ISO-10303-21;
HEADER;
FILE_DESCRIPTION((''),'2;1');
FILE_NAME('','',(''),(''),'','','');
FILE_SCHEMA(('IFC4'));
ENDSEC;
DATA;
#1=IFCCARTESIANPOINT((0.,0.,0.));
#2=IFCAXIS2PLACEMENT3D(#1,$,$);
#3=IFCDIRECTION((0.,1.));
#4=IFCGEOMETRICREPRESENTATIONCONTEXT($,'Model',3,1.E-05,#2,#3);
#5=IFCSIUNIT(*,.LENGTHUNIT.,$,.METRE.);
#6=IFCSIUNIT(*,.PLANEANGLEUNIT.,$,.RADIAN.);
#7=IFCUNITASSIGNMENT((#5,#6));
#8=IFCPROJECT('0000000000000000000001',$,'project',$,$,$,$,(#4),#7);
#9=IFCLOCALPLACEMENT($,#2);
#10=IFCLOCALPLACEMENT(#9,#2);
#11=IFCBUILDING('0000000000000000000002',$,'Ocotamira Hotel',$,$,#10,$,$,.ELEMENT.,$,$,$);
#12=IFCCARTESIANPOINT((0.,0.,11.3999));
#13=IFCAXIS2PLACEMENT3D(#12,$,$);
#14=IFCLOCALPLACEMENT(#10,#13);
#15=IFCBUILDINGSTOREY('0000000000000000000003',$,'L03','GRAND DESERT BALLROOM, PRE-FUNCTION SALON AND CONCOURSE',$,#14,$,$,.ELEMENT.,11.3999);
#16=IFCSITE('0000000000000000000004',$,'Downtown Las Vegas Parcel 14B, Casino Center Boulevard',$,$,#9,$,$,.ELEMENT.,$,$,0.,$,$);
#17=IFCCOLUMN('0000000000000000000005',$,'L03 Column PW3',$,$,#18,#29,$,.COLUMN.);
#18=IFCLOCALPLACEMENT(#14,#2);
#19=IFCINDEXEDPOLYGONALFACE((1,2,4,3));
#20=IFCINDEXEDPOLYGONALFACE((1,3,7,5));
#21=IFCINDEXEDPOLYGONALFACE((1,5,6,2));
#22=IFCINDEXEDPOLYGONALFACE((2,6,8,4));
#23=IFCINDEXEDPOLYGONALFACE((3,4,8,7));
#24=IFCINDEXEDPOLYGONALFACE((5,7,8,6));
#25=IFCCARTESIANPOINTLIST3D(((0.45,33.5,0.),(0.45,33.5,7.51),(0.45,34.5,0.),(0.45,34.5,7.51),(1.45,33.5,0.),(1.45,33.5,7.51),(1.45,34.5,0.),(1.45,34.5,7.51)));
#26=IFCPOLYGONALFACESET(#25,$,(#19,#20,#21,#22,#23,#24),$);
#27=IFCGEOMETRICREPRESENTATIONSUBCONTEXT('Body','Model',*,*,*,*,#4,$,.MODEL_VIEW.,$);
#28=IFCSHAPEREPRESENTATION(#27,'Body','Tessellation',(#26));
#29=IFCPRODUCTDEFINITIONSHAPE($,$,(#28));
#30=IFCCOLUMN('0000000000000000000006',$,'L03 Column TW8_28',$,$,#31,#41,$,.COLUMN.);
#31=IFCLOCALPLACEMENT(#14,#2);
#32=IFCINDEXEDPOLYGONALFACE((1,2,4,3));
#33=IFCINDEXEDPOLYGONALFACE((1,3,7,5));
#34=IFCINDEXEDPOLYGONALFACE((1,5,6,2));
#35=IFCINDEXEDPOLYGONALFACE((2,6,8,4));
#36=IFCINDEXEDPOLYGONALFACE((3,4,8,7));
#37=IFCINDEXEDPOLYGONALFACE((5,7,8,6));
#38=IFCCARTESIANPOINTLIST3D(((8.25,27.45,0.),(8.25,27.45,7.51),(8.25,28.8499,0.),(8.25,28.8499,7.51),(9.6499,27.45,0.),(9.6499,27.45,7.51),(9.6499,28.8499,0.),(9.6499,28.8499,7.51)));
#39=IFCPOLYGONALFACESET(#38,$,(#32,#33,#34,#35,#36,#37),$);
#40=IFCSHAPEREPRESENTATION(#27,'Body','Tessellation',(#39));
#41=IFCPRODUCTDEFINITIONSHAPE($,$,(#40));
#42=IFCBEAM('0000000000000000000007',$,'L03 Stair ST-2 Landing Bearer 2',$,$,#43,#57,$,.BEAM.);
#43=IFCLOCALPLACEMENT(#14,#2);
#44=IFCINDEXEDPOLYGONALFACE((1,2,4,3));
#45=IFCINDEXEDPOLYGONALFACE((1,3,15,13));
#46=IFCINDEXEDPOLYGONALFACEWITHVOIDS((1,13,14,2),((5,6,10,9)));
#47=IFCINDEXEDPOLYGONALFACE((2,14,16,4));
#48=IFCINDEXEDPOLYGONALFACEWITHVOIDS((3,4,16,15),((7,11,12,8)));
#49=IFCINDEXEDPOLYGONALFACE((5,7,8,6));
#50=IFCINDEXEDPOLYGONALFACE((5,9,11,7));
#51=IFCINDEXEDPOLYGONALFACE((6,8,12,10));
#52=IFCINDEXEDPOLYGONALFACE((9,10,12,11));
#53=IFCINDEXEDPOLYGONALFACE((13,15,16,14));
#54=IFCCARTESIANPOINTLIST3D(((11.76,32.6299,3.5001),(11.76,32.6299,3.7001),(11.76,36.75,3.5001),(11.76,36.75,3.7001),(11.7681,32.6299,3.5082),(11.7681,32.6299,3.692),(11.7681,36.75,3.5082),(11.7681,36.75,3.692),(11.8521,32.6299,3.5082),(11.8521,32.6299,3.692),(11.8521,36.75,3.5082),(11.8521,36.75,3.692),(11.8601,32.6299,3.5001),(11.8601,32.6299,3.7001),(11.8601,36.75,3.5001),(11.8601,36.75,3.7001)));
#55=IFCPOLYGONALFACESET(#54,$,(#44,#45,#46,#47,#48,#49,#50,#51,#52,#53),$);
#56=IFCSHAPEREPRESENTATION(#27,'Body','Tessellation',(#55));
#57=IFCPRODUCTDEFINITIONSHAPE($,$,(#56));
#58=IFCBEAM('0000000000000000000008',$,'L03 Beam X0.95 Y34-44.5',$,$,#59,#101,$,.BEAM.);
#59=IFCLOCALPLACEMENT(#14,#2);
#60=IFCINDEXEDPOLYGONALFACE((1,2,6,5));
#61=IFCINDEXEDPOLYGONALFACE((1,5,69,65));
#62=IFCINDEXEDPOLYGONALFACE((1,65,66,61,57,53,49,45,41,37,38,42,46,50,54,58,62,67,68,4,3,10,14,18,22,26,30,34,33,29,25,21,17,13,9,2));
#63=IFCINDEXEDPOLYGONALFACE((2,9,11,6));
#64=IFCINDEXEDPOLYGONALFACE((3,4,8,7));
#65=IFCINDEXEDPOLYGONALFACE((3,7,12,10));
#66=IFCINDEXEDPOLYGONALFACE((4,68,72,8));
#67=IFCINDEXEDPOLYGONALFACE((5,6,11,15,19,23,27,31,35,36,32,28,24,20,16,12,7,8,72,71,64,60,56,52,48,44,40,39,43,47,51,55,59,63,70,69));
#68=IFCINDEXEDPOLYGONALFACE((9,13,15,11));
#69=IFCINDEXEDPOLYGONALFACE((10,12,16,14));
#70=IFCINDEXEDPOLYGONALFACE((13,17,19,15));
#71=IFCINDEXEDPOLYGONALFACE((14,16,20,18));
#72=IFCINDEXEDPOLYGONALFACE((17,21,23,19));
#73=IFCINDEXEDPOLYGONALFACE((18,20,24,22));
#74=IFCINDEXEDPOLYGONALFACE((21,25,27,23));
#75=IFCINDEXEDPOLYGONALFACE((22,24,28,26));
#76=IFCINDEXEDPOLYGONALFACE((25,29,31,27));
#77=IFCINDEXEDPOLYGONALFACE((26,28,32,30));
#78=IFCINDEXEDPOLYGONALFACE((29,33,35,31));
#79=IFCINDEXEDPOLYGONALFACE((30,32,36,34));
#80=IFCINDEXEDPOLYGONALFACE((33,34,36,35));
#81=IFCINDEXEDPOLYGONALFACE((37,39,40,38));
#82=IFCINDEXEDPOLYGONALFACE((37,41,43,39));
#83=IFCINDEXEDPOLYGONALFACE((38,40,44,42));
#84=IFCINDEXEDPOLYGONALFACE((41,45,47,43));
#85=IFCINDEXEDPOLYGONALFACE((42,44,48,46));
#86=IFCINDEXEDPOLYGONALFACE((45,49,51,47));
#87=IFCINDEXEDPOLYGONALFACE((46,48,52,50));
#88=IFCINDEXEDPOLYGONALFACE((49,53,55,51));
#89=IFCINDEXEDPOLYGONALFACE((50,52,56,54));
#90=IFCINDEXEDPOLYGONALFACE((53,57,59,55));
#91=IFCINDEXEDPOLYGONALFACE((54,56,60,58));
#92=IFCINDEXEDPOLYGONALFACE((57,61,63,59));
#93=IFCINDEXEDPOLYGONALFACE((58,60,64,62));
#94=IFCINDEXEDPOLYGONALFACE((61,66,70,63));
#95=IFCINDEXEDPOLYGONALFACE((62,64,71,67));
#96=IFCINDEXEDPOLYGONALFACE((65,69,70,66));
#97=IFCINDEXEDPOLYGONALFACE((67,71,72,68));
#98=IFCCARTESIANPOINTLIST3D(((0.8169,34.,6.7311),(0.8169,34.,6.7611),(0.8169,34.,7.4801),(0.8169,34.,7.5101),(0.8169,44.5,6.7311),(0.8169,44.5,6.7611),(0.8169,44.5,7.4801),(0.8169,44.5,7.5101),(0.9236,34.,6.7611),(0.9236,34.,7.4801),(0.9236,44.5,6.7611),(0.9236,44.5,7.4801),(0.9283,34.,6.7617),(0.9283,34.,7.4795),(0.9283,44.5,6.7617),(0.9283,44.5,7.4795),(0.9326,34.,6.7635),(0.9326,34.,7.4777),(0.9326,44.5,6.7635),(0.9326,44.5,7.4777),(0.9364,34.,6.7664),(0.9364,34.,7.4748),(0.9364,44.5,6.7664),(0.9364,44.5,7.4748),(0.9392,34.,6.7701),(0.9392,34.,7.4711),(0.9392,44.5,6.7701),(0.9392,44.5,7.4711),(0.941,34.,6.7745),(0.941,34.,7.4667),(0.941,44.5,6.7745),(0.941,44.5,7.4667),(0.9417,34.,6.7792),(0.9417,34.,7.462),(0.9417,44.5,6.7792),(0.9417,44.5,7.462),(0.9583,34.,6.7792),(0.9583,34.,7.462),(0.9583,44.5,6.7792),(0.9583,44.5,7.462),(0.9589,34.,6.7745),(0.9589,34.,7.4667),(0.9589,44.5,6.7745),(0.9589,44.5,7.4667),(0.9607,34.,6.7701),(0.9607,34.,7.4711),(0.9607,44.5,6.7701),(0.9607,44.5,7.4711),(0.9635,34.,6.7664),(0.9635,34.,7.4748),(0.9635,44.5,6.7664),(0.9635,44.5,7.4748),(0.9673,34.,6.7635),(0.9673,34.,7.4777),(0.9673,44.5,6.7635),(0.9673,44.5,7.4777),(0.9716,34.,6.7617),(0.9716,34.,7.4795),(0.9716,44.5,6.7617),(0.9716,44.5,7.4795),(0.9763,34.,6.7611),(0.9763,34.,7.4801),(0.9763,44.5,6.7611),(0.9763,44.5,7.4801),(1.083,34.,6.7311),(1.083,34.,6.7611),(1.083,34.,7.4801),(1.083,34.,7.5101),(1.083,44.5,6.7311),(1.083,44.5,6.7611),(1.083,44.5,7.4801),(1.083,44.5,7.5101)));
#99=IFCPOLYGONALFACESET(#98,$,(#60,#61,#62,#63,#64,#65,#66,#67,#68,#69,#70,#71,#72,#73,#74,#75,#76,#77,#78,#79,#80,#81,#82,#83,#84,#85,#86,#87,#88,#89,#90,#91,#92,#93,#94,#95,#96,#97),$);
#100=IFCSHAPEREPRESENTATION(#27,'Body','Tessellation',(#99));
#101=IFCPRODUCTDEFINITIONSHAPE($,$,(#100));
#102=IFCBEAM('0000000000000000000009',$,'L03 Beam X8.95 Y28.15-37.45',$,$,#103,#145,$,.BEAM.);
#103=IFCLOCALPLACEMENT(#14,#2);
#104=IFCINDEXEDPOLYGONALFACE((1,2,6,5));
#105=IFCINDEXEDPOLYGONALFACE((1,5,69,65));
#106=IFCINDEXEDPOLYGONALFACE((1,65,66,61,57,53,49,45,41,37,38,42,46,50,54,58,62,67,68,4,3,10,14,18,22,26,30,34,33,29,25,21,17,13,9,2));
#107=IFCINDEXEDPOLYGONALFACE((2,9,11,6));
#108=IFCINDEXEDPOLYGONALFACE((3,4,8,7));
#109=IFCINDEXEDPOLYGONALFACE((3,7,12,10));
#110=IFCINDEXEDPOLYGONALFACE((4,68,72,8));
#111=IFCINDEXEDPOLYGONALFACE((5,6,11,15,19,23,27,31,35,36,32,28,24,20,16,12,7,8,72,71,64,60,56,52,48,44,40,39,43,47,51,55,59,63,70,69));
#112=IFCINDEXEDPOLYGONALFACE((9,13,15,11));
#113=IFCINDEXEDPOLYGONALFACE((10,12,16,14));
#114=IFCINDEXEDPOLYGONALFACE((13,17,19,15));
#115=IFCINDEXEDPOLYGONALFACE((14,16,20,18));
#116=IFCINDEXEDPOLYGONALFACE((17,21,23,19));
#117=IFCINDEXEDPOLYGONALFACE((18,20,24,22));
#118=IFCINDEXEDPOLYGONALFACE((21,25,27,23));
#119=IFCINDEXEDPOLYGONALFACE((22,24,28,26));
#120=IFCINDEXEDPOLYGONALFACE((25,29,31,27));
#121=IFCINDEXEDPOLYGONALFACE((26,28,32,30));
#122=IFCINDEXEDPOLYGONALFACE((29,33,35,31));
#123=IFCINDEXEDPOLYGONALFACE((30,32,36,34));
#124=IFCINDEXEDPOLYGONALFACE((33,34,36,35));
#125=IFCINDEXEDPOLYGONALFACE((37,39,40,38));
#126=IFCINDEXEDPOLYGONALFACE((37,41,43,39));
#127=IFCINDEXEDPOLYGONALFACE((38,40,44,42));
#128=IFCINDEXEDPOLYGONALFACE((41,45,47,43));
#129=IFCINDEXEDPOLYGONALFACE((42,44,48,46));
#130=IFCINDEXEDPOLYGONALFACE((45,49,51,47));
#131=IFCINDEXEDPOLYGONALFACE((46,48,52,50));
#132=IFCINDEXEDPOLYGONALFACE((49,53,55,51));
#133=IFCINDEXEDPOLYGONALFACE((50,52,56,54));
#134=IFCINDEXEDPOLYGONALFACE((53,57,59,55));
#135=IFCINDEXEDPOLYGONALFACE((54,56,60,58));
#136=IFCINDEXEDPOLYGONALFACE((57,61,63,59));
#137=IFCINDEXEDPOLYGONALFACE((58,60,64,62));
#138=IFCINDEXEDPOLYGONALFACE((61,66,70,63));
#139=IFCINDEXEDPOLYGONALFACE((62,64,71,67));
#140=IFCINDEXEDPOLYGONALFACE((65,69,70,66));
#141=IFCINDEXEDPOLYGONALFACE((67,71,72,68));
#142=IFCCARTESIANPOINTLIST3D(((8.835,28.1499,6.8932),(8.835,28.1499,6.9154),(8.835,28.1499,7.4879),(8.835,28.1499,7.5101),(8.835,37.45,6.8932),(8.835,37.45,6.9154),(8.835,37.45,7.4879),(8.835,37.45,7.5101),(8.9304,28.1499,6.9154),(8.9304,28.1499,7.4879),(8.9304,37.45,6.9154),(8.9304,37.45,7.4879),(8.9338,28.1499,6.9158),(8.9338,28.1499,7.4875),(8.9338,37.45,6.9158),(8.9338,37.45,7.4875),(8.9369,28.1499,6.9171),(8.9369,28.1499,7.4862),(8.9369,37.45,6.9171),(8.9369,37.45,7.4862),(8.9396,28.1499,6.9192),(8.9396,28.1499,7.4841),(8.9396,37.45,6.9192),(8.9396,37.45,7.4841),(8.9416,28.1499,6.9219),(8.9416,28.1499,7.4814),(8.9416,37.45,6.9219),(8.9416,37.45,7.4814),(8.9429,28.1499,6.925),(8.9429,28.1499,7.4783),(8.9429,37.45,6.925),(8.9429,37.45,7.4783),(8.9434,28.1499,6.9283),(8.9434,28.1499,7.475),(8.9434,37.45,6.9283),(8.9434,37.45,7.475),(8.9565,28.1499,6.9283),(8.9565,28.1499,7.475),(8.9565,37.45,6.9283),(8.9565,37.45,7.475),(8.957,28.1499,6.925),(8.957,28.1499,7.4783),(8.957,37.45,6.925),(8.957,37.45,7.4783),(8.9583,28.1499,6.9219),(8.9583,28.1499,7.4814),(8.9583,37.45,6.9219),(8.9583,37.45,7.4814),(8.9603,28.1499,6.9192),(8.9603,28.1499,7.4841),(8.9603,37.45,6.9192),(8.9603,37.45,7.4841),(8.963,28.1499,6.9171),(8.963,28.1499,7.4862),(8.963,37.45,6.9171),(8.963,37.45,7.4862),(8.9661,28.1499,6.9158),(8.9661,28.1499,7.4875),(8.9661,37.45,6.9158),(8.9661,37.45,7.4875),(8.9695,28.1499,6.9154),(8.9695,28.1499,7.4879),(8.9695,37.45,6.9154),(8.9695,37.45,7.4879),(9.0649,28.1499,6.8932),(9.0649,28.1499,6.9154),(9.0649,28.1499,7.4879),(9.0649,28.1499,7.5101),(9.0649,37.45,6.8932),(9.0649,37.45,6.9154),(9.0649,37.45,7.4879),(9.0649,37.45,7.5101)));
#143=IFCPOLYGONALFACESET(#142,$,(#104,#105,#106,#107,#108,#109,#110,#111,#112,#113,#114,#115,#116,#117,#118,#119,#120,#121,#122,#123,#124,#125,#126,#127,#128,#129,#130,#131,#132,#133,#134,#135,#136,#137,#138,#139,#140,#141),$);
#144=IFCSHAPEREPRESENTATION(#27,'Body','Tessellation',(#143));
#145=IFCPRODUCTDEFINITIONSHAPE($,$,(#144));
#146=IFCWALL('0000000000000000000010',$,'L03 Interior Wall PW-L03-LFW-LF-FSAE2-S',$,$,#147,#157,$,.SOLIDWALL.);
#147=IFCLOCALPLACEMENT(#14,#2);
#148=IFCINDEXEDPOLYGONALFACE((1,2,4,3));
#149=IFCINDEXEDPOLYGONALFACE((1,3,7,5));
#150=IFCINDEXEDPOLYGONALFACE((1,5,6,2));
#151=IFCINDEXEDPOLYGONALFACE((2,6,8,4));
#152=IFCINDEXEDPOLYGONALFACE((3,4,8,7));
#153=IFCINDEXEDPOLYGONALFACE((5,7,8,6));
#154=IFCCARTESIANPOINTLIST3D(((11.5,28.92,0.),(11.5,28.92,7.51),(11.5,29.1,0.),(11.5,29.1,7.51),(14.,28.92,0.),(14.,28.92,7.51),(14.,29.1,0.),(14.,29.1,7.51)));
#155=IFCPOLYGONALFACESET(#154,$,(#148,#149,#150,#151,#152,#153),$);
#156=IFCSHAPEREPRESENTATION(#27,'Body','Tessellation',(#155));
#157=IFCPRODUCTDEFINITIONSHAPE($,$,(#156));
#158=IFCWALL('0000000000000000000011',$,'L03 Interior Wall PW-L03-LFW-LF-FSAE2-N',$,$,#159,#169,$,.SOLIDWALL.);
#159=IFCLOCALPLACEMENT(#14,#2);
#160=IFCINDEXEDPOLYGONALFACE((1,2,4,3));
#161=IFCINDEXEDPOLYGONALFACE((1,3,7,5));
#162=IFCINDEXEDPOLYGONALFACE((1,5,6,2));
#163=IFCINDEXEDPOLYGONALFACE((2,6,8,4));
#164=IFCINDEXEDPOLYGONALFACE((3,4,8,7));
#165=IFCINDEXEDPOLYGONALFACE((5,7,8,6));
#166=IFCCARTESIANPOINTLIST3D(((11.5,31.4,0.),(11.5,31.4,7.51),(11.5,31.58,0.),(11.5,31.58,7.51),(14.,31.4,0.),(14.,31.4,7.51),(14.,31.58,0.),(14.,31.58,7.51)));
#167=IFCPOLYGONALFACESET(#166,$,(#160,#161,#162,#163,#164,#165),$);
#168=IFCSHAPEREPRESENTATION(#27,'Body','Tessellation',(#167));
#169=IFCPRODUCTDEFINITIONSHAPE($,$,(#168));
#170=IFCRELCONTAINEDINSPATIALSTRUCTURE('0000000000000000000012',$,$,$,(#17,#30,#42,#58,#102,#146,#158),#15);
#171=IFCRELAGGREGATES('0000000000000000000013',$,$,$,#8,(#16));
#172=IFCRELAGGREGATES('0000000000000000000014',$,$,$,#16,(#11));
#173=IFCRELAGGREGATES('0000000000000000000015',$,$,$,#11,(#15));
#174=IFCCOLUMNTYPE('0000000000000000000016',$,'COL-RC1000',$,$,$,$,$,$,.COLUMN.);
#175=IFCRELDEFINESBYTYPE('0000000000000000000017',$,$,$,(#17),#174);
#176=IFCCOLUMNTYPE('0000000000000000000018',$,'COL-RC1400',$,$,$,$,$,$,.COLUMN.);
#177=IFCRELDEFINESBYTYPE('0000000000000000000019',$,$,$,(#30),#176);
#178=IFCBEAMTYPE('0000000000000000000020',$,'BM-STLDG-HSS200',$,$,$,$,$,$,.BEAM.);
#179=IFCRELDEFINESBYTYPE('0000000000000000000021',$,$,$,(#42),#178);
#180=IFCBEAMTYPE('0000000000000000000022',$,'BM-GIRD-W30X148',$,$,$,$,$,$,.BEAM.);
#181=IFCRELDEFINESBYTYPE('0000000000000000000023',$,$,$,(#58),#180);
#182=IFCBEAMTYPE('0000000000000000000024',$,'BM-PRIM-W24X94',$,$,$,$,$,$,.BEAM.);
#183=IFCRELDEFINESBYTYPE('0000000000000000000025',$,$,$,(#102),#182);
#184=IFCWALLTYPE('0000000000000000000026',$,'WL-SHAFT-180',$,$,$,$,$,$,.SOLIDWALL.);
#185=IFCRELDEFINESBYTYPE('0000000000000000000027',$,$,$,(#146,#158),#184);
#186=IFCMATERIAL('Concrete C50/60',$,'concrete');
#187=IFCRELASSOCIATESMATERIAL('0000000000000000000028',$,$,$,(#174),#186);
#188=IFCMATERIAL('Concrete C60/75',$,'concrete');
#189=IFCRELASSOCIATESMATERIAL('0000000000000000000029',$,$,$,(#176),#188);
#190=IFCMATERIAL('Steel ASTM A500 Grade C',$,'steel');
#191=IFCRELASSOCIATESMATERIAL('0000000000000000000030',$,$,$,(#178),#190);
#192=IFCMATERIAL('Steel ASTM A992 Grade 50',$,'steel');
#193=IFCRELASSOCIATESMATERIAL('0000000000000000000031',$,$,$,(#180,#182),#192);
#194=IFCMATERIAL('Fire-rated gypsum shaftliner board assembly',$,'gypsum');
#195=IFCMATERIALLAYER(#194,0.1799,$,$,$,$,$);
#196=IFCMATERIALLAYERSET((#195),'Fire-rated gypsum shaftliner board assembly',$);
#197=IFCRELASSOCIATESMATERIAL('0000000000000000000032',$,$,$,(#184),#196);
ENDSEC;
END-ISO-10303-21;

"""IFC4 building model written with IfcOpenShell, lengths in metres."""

from ifc_helpers import new_model, si_unit, direction, frame, frame_2d, origin, origin_2d, place, context, subcontext, project, spatial, rectangle, hollow_rectangle, i_section, extrude, source, transform, mapped, material, layer, layer_set, material_profile, profile_set, type_object, element, save


model = new_model("IFC4")

# Units and contexts
model_context = context("Model", 3, precision=1e-05, world=origin(), true_north=direction((0.0, 1.0)))
body_context = subcontext(model_context, "Body", "Model", "MODEL_VIEW")
ifc_project = project(units=[si_unit("LENGTHUNIT", "METRE"), si_unit("PLANEANGLEUNIT", "RADIAN")], contexts=[model_context])

# Site, building, storey
site_placement = place(None, origin())
site = spatial("IfcSite", under=ifc_project, at=site_placement, Name="Downtown Las Vegas Parcel 14B, Casino Center Boulevard", CompositionType="ELEMENT", RefElevation=0.0)
building_placement = place(site_placement, origin())
building = spatial("IfcBuilding", under=site, at=building_placement, Name="Ocotamira Hotel", CompositionType="ELEMENT")
storey_placement = place(building_placement, frame((0.0, 0.0, 11.3999)))
storey = spatial("IfcBuildingStorey", under=building, at=storey_placement, Name="L03", Description="GRAND DESERT BALLROOM, PRE-FUNCTION SALON AND CONCOURSE", CompositionType="ELEMENT", Elevation=11.3999)

# Columns
ifc_material_1 = material(Name="Concrete C50/60", Category="concrete")
ifc_material_profile_1 = material_profile(ifc_material_1, rectangle(XDim=1.0, YDim=1.0, at=origin_2d()), Name="RC1000X1000")
ifc_profile_set_1 = profile_set([ifc_material_profile_1], Name="Concrete C50/60")
column_type_1 = type_object("IfcColumnType", Name="COL-RC1000", PredefinedType="COLUMN", material=ifc_profile_set_1)
shared_shape_1 = source(origin(), body_context, "Body", "SweptSolid", [
    extrude(rectangle(XDim=1.0, YDim=1.0, at=origin_2d()), origin(), (0.0, 0.0, 1.0), 7.51),
])
column_1_placement = place(storey_placement, frame((0.95, 34.0, 0.0), z_axis=(0.0, 0.0, 1.0), x_axis=(1.0, 0.0, 0.0)))
element("IfcColumn", 1, at=column_1_placement, inside=storey, type_object=column_type_1, Name="L03 Column PW3", PredefinedType="COLUMN", context=body_context, shape_type="MappedRepresentation", body=[
    mapped(shared_shape_1, transform((0.0, 0.0, 0.0), scale=1.0)),
])
ifc_material_2 = material(Name="Concrete C60/75", Category="concrete")
ifc_material_profile_2 = material_profile(ifc_material_2, rectangle(XDim=1.3999, YDim=1.3999, at=origin_2d()), Name="RC1400X1400")
ifc_profile_set_2 = profile_set([ifc_material_profile_2], Name="Concrete C60/75")
column_type_2 = type_object("IfcColumnType", Name="COL-RC1400", PredefinedType="COLUMN", material=ifc_profile_set_2)
shared_shape_2 = source(origin(), body_context, "Body", "SweptSolid", [
    extrude(rectangle(XDim=1.3999, YDim=1.3999, at=origin_2d()), origin(), (0.0, 0.0, 1.0), 7.51),
])
column_2_placement = place(storey_placement, frame((8.95, 28.1499, 0.0), z_axis=(0.0, 0.0, 1.0), x_axis=(1.0, 0.0, 0.0)))
element("IfcColumn", 2, at=column_2_placement, inside=storey, type_object=column_type_2, Name="L03 Column TW8_28", PredefinedType="COLUMN", context=body_context, shape_type="MappedRepresentation", body=[
    mapped(shared_shape_2, transform((0.0, 0.0, 0.0), scale=1.0)),
])

# Beams
ifc_material_3 = material(Name="Steel ASTM A500 Grade C", Category="steel")
ifc_material_profile_3 = material_profile(ifc_material_3, hollow_rectangle(XDim=0.1001, YDim=0.2, WallThickness=0.0081, at=origin_2d()), Name="HSS200X100X8")
ifc_profile_set_3 = profile_set([ifc_material_profile_3], Name="Steel ASTM A500 Grade C")
beam_type_1 = type_object("IfcBeamType", Name="BM-STLDG-HSS200", PredefinedType="BEAM", material=ifc_profile_set_3)
shared_shape_3 = source(origin(), body_context, "Body", "SweptSolid", [
    extrude(hollow_rectangle(XDim=0.1001, YDim=0.2, WallThickness=0.0081, at=origin_2d()), origin(), (0.0, 0.0, 1.0), 4.1201),
])
beam_1_placement = place(storey_placement, frame((11.8101, 32.6299, 3.6001), z_axis=(0.0, 1.0, 0.0), x_axis=(-1.0, 0.0, 0.0)))
element("IfcBeam", 3, at=beam_1_placement, inside=storey, type_object=beam_type_1, Name="L03 Stair ST-2 Landing Bearer 2", PredefinedType="BEAM", context=body_context, shape_type="MappedRepresentation", body=[
    mapped(shared_shape_3, transform((0.0, 0.0, 0.0), scale=1.0)),
])
ifc_material_4 = material(Name="Steel ASTM A992 Grade 50", Category="steel")
ifc_material_profile_4 = material_profile(ifc_material_4, i_section(OverallWidth=0.2661, OverallDepth=0.7791, WebThickness=0.0166, FlangeThickness=0.03, FilletRadius=0.0181, at=origin_2d()), Name="W30X148")
ifc_profile_set_4 = profile_set([ifc_material_profile_4], Name="Steel ASTM A992 Grade 50")
beam_type_2 = type_object("IfcBeamType", Name="BM-GIRD-W30X148", PredefinedType="BEAM", material=ifc_profile_set_4)
shared_shape_4 = source(origin(), body_context, "Body", "SweptSolid", [
    extrude(i_section(OverallWidth=0.2661, OverallDepth=0.7791, WebThickness=0.0166, FlangeThickness=0.03, FilletRadius=0.0181, at=origin_2d()), origin(), (0.0, 0.0, 1.0), 10.5),
])
beam_2_placement = place(storey_placement, frame((0.95, 34.0, 7.1206), z_axis=(0.0, 1.0, 0.0), x_axis=(-1.0, 0.0, 0.0)))
element("IfcBeam", 4, at=beam_2_placement, inside=storey, type_object=beam_type_2, Name="L03 Beam X0.95 Y34-44.5", PredefinedType="BEAM", context=body_context, shape_type="MappedRepresentation", body=[
    mapped(shared_shape_4, transform((0.0, 0.0, 0.0), scale=1.0)),
])
ifc_material_profile_5 = material_profile(ifc_material_4, i_section(OverallWidth=0.23, OverallDepth=0.6169, WebThickness=0.0132, FlangeThickness=0.0222, FilletRadius=0.0129, at=origin_2d()), Name="W24X94")
ifc_profile_set_5 = profile_set([ifc_material_profile_5], Name="Steel ASTM A992 Grade 50")
beam_type_3 = type_object("IfcBeamType", Name="BM-PRIM-W24X94", PredefinedType="BEAM", material=ifc_profile_set_5)
shared_shape_5 = source(origin(), body_context, "Body", "SweptSolid", [
    extrude(i_section(OverallWidth=0.23, OverallDepth=0.6169, WebThickness=0.0132, FlangeThickness=0.0222, FilletRadius=0.0129, at=origin_2d()), origin(), (0.0, 0.0, 1.0), 9.3),
])
beam_3_placement = place(storey_placement, frame((8.95, 28.1499, 7.2017), z_axis=(0.0, 1.0, 0.0), x_axis=(-1.0, 0.0, 0.0)))
element("IfcBeam", 5, at=beam_3_placement, inside=storey, type_object=beam_type_3, Name="L03 Beam X8.95 Y28.15-37.45", PredefinedType="BEAM", context=body_context, shape_type="MappedRepresentation", body=[
    mapped(shared_shape_5, transform((0.0, 0.0, 0.0), scale=1.0)),
])

# Walls
ifc_material_5 = material(Name="Fire-rated gypsum shaftliner board assembly", Category="gypsum")
ifc_layer_1 = layer(ifc_material_5, 0.1799)
ifc_layer_set_1 = layer_set([ifc_layer_1], Name="Fire-rated gypsum shaftliner board assembly")
wall_type_1 = type_object("IfcWallType", Name="WL-SHAFT-180", PredefinedType="SOLIDWALL", material=ifc_layer_set_1)
for number, where, z_axis, x_axis, name in (
    (6, (11.5, 29.01, 0.0), (0.0, 0.0, 1.0), (1.0, 0.0, 0.0), "L03 Interior Wall PW-L03-LFW-LF-FSAE2-S"),
    (7, (11.5, 31.49, 0.0), (0.0, 0.0, 1.0), (1.0, 0.0, 0.0), "L03 Interior Wall PW-L03-LFW-LF-FSAE2-N"),
):
    element("IfcWall", number, at=place(storey_placement, frame(where, z_axis=z_axis, x_axis=x_axis)), inside=storey, type_object=wall_type_1, Name=name, PredefinedType="SOLIDWALL", context=body_context, shape_type="SweptSolid", body=[
        extrude(rectangle(XDim=2.5, YDim=0.1799, at=frame_2d((1.25, 0.0))), origin(), (0.0, 0.0, 1.0), 7.51),
    ])

save(model, "model.ifc")
